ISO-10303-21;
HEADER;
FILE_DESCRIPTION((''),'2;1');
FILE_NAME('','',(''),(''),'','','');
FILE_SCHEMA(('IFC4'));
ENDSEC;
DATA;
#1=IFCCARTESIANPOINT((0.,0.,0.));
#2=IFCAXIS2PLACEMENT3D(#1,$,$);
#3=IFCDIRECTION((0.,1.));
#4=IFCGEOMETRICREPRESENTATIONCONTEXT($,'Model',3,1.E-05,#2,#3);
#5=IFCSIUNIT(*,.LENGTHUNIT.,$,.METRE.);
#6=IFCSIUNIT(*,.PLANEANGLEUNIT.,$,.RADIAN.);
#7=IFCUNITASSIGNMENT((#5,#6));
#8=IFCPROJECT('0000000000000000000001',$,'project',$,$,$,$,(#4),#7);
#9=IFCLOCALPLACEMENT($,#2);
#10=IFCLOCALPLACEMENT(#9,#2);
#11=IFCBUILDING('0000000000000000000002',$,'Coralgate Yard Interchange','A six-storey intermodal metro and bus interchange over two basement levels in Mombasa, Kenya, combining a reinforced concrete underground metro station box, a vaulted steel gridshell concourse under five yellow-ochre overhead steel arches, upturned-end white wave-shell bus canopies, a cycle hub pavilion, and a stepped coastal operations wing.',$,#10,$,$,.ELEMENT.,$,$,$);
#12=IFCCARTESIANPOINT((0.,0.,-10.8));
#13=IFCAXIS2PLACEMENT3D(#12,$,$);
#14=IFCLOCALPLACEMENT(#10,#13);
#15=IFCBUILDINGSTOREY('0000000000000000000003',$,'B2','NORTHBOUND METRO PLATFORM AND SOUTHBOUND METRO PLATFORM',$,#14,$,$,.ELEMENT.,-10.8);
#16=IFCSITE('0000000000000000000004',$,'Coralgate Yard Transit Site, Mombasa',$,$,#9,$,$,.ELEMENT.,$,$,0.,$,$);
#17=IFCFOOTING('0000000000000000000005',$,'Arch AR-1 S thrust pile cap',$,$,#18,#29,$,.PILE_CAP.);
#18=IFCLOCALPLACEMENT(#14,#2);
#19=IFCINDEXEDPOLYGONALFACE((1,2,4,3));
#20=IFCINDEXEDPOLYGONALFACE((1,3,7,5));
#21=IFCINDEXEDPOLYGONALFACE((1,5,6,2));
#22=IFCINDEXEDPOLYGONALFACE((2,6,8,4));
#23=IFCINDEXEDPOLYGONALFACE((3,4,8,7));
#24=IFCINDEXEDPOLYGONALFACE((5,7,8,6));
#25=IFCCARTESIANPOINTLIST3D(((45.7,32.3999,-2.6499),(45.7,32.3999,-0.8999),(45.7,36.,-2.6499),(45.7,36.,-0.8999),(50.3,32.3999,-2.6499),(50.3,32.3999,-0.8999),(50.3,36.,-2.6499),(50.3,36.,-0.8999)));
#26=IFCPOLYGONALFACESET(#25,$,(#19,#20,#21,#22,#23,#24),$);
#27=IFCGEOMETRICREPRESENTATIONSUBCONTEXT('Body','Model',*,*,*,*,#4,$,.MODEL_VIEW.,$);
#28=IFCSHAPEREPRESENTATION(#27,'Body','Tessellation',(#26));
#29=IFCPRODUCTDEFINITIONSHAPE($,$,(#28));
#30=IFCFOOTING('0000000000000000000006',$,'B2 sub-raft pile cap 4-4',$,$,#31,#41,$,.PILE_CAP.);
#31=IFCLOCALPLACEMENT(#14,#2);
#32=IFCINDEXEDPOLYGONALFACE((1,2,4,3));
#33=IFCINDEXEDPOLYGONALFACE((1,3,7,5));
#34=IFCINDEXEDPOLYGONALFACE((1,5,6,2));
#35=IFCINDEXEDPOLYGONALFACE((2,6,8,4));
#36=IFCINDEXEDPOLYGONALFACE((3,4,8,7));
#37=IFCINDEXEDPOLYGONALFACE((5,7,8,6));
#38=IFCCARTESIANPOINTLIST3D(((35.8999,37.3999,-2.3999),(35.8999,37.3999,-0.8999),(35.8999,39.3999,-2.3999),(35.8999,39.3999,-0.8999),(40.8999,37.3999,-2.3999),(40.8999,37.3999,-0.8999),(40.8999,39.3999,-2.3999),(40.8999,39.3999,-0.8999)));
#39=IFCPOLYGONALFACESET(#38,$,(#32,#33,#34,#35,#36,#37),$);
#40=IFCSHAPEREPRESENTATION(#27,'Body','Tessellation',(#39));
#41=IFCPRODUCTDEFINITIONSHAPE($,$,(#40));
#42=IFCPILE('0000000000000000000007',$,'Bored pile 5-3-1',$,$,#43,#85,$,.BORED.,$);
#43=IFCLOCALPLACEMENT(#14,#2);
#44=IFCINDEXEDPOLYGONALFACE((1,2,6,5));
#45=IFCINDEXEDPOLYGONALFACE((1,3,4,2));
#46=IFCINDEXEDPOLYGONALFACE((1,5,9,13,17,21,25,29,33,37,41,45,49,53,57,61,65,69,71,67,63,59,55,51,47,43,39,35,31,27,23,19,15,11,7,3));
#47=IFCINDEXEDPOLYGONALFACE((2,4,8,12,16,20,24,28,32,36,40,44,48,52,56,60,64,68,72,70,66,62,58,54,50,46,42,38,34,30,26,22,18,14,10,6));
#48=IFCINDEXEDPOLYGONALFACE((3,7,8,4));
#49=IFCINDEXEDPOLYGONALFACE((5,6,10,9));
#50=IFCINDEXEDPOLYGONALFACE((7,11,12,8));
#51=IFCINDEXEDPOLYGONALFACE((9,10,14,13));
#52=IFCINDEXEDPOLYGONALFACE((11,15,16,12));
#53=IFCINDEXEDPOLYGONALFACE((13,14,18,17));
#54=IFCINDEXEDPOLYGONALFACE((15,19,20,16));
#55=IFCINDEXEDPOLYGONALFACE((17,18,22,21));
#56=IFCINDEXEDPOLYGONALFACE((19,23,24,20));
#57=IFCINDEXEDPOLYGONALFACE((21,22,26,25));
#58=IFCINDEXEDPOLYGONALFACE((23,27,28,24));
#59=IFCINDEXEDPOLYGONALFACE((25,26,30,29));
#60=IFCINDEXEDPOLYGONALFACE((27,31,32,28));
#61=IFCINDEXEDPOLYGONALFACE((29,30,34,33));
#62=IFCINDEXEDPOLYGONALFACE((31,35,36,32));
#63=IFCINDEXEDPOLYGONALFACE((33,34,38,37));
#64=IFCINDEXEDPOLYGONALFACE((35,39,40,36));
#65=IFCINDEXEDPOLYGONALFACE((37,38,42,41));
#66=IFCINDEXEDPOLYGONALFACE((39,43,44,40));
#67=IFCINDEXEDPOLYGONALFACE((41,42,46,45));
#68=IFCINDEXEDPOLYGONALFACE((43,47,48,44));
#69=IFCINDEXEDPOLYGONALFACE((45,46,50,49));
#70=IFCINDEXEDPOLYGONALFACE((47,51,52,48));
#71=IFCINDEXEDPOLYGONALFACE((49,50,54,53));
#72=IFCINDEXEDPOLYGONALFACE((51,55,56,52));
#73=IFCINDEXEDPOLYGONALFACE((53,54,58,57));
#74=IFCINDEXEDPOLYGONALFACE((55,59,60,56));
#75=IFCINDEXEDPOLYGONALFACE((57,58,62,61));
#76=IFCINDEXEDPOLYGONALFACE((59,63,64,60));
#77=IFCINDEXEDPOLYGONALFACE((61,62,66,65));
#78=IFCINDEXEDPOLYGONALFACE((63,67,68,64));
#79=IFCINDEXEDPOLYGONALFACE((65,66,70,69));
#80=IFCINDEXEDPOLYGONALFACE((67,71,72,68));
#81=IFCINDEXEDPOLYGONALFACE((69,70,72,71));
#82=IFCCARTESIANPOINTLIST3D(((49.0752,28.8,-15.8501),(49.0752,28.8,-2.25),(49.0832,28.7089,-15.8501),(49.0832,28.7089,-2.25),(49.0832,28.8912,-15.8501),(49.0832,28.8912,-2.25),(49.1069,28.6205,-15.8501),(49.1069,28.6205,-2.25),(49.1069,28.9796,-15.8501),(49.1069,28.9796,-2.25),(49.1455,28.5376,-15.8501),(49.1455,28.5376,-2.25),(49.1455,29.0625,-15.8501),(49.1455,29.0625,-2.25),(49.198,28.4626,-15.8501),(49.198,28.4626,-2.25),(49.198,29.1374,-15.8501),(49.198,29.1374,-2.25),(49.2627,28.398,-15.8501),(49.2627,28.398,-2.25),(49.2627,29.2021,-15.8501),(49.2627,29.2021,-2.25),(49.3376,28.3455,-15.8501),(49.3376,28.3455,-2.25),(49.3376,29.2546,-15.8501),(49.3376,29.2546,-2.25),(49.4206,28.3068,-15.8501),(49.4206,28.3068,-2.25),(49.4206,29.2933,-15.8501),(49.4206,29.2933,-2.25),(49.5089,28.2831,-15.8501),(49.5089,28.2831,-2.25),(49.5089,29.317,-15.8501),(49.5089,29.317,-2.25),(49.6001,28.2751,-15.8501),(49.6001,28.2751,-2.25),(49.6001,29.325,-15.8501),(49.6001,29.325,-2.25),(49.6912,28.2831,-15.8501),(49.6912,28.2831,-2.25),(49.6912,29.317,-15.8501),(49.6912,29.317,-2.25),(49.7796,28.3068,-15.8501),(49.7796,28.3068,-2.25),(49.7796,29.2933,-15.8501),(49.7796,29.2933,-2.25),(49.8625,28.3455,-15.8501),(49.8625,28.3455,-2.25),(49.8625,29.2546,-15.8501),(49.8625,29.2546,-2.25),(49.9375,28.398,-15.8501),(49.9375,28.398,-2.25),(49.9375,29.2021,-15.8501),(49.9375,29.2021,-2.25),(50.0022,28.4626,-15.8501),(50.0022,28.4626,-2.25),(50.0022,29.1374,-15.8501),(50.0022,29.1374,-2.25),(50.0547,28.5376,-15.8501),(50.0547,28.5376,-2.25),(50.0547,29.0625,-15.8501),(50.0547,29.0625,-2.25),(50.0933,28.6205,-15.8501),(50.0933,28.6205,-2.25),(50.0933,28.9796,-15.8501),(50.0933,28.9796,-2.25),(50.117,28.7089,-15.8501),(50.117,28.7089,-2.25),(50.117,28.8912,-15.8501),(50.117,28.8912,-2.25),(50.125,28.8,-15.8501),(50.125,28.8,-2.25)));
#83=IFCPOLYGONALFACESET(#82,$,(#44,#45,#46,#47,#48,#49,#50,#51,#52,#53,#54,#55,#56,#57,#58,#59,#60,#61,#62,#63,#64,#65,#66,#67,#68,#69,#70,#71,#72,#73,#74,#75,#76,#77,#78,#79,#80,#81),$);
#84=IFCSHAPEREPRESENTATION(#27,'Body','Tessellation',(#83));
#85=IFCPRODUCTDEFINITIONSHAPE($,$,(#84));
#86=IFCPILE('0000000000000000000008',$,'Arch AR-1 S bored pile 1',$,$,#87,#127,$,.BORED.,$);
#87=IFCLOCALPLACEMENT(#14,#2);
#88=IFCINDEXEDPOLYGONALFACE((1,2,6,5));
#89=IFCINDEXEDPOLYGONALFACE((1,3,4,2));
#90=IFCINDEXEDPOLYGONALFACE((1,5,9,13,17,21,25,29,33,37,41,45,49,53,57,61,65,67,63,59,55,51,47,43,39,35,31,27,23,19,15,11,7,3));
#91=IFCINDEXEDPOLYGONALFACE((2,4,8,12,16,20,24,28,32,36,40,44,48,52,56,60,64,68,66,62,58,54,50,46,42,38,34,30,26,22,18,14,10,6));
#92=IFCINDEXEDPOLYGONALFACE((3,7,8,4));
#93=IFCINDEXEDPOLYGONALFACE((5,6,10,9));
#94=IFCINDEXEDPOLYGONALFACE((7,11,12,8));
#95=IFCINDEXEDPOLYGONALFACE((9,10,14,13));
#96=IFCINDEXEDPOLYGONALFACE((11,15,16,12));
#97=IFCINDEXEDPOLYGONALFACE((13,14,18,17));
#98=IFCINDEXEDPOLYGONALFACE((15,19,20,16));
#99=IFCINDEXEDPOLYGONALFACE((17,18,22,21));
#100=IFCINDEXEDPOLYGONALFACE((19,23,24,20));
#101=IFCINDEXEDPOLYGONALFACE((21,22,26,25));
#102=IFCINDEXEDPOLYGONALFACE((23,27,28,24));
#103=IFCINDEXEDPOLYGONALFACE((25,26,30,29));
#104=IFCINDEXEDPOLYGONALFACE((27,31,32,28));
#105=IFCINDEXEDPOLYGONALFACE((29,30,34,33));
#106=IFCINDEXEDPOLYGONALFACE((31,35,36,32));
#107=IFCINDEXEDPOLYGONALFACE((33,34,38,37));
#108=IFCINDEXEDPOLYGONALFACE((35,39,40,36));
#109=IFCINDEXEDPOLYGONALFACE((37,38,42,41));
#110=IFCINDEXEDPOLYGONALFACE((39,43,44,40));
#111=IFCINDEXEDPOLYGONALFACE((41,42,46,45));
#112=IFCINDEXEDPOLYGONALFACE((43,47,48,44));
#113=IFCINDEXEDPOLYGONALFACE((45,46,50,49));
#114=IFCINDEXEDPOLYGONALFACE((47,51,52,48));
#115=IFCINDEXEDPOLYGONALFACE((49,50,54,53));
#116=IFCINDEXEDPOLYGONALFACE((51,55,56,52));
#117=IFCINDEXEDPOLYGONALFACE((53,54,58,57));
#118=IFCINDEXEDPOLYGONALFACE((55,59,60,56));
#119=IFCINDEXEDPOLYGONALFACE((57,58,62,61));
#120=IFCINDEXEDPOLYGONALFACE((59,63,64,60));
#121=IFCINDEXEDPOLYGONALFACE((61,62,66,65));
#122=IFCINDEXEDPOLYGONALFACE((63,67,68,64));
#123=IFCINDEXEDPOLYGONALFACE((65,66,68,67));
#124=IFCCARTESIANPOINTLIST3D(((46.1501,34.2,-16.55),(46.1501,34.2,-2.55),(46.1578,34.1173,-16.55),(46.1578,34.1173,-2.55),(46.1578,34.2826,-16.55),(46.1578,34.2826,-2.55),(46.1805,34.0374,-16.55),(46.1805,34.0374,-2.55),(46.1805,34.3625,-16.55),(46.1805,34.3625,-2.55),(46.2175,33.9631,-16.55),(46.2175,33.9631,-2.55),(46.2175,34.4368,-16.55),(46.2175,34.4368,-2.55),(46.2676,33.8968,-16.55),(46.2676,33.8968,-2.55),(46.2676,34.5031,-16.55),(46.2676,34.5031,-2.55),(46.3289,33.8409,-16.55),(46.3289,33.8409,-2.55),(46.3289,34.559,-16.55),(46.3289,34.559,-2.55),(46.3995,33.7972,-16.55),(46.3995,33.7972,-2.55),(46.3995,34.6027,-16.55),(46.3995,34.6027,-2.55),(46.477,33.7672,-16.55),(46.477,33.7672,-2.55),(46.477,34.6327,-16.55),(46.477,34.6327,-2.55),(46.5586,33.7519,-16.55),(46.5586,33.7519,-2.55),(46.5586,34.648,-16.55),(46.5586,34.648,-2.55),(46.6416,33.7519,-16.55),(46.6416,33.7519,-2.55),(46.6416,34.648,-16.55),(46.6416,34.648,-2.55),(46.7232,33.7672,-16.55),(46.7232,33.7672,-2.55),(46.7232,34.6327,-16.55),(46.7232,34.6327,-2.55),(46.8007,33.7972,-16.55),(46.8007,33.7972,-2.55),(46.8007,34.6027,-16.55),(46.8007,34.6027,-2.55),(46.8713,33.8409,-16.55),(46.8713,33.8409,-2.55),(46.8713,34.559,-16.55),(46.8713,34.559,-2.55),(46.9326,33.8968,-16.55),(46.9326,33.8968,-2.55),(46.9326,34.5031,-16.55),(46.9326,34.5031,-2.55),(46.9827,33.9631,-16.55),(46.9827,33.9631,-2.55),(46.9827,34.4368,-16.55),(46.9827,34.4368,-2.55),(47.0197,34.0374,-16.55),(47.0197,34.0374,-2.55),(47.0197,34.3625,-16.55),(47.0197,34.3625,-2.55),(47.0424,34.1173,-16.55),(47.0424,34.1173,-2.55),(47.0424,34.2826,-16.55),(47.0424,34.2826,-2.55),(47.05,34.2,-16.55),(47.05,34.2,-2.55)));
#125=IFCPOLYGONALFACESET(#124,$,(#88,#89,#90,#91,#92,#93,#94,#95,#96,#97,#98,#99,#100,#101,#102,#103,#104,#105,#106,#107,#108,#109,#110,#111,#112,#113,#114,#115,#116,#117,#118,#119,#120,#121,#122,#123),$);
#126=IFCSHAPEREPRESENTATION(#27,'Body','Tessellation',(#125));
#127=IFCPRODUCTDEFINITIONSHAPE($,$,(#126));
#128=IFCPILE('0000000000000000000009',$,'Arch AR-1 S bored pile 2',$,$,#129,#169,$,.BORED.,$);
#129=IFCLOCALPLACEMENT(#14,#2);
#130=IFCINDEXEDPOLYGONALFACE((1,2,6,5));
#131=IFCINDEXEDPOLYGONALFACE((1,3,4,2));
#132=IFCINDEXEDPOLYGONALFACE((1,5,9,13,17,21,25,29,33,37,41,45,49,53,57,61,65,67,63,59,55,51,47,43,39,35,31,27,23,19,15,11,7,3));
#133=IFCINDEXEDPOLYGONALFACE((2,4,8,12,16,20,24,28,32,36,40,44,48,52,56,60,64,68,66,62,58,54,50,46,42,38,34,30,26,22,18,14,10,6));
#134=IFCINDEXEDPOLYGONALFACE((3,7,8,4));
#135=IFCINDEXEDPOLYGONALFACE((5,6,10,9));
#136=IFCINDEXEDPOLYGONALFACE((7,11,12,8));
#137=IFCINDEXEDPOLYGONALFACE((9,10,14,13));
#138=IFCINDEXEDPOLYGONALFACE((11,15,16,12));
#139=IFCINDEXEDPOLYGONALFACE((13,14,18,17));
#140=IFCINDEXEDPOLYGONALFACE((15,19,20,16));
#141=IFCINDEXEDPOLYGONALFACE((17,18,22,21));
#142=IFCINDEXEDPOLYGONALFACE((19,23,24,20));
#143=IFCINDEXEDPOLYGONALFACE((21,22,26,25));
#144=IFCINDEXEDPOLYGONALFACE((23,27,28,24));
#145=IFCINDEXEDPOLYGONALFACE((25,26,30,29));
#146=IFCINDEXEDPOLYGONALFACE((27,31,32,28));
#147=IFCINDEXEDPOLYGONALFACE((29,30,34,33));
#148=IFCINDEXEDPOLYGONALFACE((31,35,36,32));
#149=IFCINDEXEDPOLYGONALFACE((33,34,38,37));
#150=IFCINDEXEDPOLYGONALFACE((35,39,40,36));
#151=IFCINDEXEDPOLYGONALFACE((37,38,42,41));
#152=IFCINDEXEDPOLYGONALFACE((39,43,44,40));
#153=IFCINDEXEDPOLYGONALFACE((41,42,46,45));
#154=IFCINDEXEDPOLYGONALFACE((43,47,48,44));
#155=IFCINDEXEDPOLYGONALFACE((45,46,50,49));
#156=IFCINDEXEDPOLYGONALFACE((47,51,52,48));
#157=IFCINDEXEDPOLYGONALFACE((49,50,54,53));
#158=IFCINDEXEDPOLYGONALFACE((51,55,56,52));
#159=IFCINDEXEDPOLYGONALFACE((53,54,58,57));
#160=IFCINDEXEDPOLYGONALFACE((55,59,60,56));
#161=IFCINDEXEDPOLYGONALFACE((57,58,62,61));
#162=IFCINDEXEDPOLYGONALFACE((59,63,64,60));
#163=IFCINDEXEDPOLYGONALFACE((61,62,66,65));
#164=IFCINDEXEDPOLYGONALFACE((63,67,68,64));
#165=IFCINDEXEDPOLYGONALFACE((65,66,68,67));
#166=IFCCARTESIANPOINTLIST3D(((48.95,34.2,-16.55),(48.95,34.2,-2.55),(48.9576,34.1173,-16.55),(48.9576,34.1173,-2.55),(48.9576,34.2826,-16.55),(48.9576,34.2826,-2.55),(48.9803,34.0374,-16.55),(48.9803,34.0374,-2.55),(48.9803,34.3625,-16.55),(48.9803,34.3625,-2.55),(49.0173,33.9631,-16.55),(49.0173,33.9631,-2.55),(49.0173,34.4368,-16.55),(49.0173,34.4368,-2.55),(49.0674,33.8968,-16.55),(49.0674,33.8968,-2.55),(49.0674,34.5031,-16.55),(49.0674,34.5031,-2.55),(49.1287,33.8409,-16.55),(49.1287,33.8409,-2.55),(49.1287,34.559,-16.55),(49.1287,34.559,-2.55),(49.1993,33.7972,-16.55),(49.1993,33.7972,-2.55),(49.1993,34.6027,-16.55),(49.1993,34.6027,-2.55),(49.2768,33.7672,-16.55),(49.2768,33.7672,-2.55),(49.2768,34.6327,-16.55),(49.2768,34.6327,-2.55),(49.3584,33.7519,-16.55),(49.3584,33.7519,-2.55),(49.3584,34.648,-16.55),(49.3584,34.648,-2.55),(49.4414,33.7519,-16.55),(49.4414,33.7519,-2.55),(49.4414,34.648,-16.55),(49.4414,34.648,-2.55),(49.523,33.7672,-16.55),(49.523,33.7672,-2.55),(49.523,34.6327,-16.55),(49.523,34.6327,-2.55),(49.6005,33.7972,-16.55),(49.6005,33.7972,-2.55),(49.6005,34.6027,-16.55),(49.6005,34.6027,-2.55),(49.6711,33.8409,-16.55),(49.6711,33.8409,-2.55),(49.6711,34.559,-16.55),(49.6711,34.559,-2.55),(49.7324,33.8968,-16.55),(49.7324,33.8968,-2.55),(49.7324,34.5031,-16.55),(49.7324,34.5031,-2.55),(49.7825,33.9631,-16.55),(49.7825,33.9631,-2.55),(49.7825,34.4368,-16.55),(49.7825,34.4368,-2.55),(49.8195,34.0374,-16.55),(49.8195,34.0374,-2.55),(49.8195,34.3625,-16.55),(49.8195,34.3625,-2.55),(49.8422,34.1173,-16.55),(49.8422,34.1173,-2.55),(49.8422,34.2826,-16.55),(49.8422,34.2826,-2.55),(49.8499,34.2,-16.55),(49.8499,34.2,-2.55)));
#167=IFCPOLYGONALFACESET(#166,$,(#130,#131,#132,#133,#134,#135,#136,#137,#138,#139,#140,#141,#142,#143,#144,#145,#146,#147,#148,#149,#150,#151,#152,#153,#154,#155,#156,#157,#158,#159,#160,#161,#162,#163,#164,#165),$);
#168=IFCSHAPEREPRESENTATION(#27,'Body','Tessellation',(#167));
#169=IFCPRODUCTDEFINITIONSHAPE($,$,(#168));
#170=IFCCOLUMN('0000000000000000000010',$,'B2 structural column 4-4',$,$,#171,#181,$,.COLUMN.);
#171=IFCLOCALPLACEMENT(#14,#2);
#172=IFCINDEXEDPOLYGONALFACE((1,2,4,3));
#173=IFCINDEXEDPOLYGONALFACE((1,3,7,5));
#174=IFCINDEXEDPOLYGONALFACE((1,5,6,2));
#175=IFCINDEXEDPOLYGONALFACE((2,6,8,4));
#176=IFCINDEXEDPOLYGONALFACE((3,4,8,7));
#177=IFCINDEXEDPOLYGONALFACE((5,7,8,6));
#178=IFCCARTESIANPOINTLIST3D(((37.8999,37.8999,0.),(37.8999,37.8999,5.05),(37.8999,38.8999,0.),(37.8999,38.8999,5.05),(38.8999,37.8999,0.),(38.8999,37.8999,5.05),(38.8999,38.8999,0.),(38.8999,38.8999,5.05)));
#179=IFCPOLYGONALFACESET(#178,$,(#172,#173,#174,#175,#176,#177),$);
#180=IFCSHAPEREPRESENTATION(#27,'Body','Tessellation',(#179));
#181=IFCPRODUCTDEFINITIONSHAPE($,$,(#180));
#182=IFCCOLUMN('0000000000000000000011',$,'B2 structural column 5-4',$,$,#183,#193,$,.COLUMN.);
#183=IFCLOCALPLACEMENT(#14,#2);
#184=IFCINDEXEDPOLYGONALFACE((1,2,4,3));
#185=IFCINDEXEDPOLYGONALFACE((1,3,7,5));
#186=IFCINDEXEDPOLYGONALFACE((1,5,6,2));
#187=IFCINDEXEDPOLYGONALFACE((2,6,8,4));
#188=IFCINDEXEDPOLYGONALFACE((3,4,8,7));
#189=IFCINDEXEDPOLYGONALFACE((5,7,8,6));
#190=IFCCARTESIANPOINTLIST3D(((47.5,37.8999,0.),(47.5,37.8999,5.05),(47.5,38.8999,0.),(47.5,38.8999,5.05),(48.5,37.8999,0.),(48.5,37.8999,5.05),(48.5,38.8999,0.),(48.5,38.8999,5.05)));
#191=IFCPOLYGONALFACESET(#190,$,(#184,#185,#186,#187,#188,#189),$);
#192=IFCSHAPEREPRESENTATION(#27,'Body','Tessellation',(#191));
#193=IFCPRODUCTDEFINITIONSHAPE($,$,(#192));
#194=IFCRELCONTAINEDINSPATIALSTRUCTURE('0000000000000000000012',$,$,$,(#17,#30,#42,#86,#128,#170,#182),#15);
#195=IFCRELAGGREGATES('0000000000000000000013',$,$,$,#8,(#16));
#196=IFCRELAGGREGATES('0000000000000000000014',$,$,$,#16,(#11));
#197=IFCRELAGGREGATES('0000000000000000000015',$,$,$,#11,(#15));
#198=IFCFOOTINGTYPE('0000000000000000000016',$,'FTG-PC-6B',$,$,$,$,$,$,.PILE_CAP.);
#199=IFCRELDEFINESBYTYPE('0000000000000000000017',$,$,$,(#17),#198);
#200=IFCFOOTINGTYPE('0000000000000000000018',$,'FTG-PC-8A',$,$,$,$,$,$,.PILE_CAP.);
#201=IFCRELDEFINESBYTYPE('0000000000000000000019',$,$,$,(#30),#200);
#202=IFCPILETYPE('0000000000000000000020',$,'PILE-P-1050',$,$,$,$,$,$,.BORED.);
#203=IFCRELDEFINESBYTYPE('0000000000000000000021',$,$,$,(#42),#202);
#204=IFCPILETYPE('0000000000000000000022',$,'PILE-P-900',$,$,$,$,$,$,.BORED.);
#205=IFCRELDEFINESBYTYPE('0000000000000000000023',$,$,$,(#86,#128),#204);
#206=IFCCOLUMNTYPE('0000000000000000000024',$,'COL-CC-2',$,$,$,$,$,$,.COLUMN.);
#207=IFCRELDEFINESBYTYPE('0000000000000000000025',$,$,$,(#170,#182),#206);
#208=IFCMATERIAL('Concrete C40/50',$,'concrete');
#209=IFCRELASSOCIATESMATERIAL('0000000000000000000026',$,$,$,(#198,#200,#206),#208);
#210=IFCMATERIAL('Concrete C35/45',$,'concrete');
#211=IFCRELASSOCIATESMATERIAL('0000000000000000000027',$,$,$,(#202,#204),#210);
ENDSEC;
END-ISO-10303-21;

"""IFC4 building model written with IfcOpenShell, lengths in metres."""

from ifc_helpers import new_model, si_unit, direction, frame, origin, origin_2d, place, context, subcontext, project, spatial, rectangle, circle, extrude, material, material_profile, profile_set, type_object, element, save


model = new_model("IFC4")

# Units and contexts
model_context = context("Model", 3, precision=1e-05, world=origin(), true_north=direction((0.0, 1.0)))
body_context = subcontext(model_context, "Body", "Model", "MODEL_VIEW")
ifc_project = project(units=[si_unit("LENGTHUNIT", "METRE"), si_unit("PLANEANGLEUNIT", "RADIAN")], contexts=[model_context])

# Site, building, storey
site_placement = place(None, origin())
site = spatial("IfcSite", under=ifc_project, at=site_placement, Name="Coralgate Yard Transit Site, Mombasa", CompositionType="ELEMENT", RefElevation=0.0)
building_placement = place(site_placement, origin())
building = spatial("IfcBuilding", under=site, at=building_placement, Name="Coralgate Yard Interchange", Description="A six-storey intermodal metro and bus interchange over two basement levels in Mombasa, Kenya, combining a reinforced concrete underground metro station box, a vaulted steel gridshell concourse under five yellow-ochre overhead steel arches, upturned-end white wave-shell bus canopies, a cycle hub pavilion, and a stepped coastal operations wing.", CompositionType="ELEMENT")
storey_placement = place(building_placement, frame((0.0, 0.0, -10.8)))
storey = spatial("IfcBuildingStorey", under=building, at=storey_placement, Name="B2", Description="NORTHBOUND METRO PLATFORM AND SOUTHBOUND METRO PLATFORM", CompositionType="ELEMENT", Elevation=-10.8)

# Footings
ifc_material_1 = material(Name="Concrete C40/50", Category="concrete")
footing_type_1 = type_object("IfcFootingType", Name="FTG-PC-6B", PredefinedType="PILE_CAP", material=ifc_material_1)
footing_1_placement = place(storey_placement, frame((48.0, 34.2, -2.6499), z_axis=(0.0, 0.0, 1.0), x_axis=(1.0, 0.0, 0.0)))
element("IfcFooting", 1, at=footing_1_placement, inside=storey, type_object=footing_type_1, Name="Arch AR-1 S thrust pile cap", PredefinedType="PILE_CAP", context=body_context, shape_type="SweptSolid", body=[
    extrude(rectangle(XDim=4.6001, YDim=3.6001, at=origin_2d()), origin(), (0.0, 0.0, 1.0), 1.75),
])
footing_type_2 = type_object("IfcFootingType", Name="FTG-PC-8A", PredefinedType="PILE_CAP", material=ifc_material_1)
footing_2_placement = place(storey_placement, frame((38.3999, 38.3999, -2.3999), z_axis=(0.0, 0.0, 1.0), x_axis=(1.0, 0.0, 0.0)))
element("IfcFooting", 2, at=footing_2_placement, inside=storey, type_object=footing_type_2, Name="B2 sub-raft pile cap 4-4", PredefinedType="PILE_CAP", context=body_context, shape_type="SweptSolid", body=[
    extrude(rectangle(XDim=5.0, YDim=2.0, at=origin_2d()), origin(), (0.0, 0.0, 1.0), 1.5),
])

# Piles
ifc_material_2 = material(Name="Concrete C35/45", Category="concrete")
ifc_material_profile_1 = material_profile(ifc_material_2, circle(Radius=0.5249, at=origin_2d()), Name="BORED PILE D1050")
ifc_profile_set_1 = profile_set([ifc_material_profile_1], Name="Concrete C35/45")
pile_type_1 = type_object("IfcPileType", Name="PILE-P-1050", PredefinedType="BORED", material=ifc_profile_set_1)
pile_placement = place(storey_placement, frame((49.6001, 28.8, -2.25), z_axis=(0.0, 0.0, -1.0), x_axis=(1.0, 0.0, 0.0)))
element("IfcPile", 3, at=pile_placement, inside=storey, type_object=pile_type_1, Name="Bored pile 5-3-1", PredefinedType="BORED", context=body_context, shape_type="SweptSolid", body=[
    extrude(circle(Radius=0.5249, at=origin_2d()), origin(), (0.0, 0.0, 1.0), 13.6001),
])
ifc_material_profile_2 = material_profile(ifc_material_2, circle(Radius=0.45, at=origin_2d()), Name="BORED PILE D900")
ifc_profile_set_2 = profile_set([ifc_material_profile_2], Name="Concrete C35/45")
pile_type_2 = type_object("IfcPileType", Name="PILE-P-900", PredefinedType="BORED", material=ifc_profile_set_2)
for number, where, z_axis, x_axis, name in (
    (4, (46.6001, 34.2, -2.55), (0.0, 0.0, -1.0), (1.0, 0.0, 0.0), "Arch AR-1 S bored pile 1"),
    (5, (49.3999, 34.2, -2.55), (0.0, 0.0, -1.0), (1.0, 0.0, 0.0), "Arch AR-1 S bored pile 2"),
):
    element("IfcPile", number, at=place(storey_placement, frame(where, z_axis=z_axis, x_axis=x_axis)), inside=storey, type_object=pile_type_2, Name=name, PredefinedType="BORED", context=body_context, shape_type="SweptSolid", body=[
        extrude(circle(Radius=0.45, at=origin_2d()), origin(), (0.0, 0.0, 1.0), 14.0),
    ])

# Columns
ifc_material_profile_3 = material_profile(ifc_material_1, rectangle(XDim=1.0, YDim=1.0, at=origin_2d()), Name="RC 1000x1000")
ifc_profile_set_3 = profile_set([ifc_material_profile_3], Name="Concrete C40/50")
column_type_1 = type_object("IfcColumnType", Name="COL-CC-2", PredefinedType="COLUMN", material=ifc_profile_set_3)
for number, where, z_axis, x_axis, name in (
    (6, (38.3999, 38.3999, 0.0), (0.0, 0.0, 1.0), (1.0, 0.0, 0.0), "B2 structural column 4-4"),
    (7, (48.0, 38.3999, 0.0), (0.0, 0.0, 1.0), (1.0, 0.0, 0.0), "B2 structural column 5-4"),
):
    element("IfcColumn", number, at=place(storey_placement, frame(where, z_axis=z_axis, x_axis=x_axis)), inside=storey, type_object=column_type_1, Name=name, PredefinedType="COLUMN", context=body_context, shape_type="SweptSolid", body=[
        extrude(rectangle(XDim=1.0, YDim=1.0, at=origin_2d()), origin(), (0.0, 0.0, 1.0), 5.05),
    ])

save(model, "model.ifc")
